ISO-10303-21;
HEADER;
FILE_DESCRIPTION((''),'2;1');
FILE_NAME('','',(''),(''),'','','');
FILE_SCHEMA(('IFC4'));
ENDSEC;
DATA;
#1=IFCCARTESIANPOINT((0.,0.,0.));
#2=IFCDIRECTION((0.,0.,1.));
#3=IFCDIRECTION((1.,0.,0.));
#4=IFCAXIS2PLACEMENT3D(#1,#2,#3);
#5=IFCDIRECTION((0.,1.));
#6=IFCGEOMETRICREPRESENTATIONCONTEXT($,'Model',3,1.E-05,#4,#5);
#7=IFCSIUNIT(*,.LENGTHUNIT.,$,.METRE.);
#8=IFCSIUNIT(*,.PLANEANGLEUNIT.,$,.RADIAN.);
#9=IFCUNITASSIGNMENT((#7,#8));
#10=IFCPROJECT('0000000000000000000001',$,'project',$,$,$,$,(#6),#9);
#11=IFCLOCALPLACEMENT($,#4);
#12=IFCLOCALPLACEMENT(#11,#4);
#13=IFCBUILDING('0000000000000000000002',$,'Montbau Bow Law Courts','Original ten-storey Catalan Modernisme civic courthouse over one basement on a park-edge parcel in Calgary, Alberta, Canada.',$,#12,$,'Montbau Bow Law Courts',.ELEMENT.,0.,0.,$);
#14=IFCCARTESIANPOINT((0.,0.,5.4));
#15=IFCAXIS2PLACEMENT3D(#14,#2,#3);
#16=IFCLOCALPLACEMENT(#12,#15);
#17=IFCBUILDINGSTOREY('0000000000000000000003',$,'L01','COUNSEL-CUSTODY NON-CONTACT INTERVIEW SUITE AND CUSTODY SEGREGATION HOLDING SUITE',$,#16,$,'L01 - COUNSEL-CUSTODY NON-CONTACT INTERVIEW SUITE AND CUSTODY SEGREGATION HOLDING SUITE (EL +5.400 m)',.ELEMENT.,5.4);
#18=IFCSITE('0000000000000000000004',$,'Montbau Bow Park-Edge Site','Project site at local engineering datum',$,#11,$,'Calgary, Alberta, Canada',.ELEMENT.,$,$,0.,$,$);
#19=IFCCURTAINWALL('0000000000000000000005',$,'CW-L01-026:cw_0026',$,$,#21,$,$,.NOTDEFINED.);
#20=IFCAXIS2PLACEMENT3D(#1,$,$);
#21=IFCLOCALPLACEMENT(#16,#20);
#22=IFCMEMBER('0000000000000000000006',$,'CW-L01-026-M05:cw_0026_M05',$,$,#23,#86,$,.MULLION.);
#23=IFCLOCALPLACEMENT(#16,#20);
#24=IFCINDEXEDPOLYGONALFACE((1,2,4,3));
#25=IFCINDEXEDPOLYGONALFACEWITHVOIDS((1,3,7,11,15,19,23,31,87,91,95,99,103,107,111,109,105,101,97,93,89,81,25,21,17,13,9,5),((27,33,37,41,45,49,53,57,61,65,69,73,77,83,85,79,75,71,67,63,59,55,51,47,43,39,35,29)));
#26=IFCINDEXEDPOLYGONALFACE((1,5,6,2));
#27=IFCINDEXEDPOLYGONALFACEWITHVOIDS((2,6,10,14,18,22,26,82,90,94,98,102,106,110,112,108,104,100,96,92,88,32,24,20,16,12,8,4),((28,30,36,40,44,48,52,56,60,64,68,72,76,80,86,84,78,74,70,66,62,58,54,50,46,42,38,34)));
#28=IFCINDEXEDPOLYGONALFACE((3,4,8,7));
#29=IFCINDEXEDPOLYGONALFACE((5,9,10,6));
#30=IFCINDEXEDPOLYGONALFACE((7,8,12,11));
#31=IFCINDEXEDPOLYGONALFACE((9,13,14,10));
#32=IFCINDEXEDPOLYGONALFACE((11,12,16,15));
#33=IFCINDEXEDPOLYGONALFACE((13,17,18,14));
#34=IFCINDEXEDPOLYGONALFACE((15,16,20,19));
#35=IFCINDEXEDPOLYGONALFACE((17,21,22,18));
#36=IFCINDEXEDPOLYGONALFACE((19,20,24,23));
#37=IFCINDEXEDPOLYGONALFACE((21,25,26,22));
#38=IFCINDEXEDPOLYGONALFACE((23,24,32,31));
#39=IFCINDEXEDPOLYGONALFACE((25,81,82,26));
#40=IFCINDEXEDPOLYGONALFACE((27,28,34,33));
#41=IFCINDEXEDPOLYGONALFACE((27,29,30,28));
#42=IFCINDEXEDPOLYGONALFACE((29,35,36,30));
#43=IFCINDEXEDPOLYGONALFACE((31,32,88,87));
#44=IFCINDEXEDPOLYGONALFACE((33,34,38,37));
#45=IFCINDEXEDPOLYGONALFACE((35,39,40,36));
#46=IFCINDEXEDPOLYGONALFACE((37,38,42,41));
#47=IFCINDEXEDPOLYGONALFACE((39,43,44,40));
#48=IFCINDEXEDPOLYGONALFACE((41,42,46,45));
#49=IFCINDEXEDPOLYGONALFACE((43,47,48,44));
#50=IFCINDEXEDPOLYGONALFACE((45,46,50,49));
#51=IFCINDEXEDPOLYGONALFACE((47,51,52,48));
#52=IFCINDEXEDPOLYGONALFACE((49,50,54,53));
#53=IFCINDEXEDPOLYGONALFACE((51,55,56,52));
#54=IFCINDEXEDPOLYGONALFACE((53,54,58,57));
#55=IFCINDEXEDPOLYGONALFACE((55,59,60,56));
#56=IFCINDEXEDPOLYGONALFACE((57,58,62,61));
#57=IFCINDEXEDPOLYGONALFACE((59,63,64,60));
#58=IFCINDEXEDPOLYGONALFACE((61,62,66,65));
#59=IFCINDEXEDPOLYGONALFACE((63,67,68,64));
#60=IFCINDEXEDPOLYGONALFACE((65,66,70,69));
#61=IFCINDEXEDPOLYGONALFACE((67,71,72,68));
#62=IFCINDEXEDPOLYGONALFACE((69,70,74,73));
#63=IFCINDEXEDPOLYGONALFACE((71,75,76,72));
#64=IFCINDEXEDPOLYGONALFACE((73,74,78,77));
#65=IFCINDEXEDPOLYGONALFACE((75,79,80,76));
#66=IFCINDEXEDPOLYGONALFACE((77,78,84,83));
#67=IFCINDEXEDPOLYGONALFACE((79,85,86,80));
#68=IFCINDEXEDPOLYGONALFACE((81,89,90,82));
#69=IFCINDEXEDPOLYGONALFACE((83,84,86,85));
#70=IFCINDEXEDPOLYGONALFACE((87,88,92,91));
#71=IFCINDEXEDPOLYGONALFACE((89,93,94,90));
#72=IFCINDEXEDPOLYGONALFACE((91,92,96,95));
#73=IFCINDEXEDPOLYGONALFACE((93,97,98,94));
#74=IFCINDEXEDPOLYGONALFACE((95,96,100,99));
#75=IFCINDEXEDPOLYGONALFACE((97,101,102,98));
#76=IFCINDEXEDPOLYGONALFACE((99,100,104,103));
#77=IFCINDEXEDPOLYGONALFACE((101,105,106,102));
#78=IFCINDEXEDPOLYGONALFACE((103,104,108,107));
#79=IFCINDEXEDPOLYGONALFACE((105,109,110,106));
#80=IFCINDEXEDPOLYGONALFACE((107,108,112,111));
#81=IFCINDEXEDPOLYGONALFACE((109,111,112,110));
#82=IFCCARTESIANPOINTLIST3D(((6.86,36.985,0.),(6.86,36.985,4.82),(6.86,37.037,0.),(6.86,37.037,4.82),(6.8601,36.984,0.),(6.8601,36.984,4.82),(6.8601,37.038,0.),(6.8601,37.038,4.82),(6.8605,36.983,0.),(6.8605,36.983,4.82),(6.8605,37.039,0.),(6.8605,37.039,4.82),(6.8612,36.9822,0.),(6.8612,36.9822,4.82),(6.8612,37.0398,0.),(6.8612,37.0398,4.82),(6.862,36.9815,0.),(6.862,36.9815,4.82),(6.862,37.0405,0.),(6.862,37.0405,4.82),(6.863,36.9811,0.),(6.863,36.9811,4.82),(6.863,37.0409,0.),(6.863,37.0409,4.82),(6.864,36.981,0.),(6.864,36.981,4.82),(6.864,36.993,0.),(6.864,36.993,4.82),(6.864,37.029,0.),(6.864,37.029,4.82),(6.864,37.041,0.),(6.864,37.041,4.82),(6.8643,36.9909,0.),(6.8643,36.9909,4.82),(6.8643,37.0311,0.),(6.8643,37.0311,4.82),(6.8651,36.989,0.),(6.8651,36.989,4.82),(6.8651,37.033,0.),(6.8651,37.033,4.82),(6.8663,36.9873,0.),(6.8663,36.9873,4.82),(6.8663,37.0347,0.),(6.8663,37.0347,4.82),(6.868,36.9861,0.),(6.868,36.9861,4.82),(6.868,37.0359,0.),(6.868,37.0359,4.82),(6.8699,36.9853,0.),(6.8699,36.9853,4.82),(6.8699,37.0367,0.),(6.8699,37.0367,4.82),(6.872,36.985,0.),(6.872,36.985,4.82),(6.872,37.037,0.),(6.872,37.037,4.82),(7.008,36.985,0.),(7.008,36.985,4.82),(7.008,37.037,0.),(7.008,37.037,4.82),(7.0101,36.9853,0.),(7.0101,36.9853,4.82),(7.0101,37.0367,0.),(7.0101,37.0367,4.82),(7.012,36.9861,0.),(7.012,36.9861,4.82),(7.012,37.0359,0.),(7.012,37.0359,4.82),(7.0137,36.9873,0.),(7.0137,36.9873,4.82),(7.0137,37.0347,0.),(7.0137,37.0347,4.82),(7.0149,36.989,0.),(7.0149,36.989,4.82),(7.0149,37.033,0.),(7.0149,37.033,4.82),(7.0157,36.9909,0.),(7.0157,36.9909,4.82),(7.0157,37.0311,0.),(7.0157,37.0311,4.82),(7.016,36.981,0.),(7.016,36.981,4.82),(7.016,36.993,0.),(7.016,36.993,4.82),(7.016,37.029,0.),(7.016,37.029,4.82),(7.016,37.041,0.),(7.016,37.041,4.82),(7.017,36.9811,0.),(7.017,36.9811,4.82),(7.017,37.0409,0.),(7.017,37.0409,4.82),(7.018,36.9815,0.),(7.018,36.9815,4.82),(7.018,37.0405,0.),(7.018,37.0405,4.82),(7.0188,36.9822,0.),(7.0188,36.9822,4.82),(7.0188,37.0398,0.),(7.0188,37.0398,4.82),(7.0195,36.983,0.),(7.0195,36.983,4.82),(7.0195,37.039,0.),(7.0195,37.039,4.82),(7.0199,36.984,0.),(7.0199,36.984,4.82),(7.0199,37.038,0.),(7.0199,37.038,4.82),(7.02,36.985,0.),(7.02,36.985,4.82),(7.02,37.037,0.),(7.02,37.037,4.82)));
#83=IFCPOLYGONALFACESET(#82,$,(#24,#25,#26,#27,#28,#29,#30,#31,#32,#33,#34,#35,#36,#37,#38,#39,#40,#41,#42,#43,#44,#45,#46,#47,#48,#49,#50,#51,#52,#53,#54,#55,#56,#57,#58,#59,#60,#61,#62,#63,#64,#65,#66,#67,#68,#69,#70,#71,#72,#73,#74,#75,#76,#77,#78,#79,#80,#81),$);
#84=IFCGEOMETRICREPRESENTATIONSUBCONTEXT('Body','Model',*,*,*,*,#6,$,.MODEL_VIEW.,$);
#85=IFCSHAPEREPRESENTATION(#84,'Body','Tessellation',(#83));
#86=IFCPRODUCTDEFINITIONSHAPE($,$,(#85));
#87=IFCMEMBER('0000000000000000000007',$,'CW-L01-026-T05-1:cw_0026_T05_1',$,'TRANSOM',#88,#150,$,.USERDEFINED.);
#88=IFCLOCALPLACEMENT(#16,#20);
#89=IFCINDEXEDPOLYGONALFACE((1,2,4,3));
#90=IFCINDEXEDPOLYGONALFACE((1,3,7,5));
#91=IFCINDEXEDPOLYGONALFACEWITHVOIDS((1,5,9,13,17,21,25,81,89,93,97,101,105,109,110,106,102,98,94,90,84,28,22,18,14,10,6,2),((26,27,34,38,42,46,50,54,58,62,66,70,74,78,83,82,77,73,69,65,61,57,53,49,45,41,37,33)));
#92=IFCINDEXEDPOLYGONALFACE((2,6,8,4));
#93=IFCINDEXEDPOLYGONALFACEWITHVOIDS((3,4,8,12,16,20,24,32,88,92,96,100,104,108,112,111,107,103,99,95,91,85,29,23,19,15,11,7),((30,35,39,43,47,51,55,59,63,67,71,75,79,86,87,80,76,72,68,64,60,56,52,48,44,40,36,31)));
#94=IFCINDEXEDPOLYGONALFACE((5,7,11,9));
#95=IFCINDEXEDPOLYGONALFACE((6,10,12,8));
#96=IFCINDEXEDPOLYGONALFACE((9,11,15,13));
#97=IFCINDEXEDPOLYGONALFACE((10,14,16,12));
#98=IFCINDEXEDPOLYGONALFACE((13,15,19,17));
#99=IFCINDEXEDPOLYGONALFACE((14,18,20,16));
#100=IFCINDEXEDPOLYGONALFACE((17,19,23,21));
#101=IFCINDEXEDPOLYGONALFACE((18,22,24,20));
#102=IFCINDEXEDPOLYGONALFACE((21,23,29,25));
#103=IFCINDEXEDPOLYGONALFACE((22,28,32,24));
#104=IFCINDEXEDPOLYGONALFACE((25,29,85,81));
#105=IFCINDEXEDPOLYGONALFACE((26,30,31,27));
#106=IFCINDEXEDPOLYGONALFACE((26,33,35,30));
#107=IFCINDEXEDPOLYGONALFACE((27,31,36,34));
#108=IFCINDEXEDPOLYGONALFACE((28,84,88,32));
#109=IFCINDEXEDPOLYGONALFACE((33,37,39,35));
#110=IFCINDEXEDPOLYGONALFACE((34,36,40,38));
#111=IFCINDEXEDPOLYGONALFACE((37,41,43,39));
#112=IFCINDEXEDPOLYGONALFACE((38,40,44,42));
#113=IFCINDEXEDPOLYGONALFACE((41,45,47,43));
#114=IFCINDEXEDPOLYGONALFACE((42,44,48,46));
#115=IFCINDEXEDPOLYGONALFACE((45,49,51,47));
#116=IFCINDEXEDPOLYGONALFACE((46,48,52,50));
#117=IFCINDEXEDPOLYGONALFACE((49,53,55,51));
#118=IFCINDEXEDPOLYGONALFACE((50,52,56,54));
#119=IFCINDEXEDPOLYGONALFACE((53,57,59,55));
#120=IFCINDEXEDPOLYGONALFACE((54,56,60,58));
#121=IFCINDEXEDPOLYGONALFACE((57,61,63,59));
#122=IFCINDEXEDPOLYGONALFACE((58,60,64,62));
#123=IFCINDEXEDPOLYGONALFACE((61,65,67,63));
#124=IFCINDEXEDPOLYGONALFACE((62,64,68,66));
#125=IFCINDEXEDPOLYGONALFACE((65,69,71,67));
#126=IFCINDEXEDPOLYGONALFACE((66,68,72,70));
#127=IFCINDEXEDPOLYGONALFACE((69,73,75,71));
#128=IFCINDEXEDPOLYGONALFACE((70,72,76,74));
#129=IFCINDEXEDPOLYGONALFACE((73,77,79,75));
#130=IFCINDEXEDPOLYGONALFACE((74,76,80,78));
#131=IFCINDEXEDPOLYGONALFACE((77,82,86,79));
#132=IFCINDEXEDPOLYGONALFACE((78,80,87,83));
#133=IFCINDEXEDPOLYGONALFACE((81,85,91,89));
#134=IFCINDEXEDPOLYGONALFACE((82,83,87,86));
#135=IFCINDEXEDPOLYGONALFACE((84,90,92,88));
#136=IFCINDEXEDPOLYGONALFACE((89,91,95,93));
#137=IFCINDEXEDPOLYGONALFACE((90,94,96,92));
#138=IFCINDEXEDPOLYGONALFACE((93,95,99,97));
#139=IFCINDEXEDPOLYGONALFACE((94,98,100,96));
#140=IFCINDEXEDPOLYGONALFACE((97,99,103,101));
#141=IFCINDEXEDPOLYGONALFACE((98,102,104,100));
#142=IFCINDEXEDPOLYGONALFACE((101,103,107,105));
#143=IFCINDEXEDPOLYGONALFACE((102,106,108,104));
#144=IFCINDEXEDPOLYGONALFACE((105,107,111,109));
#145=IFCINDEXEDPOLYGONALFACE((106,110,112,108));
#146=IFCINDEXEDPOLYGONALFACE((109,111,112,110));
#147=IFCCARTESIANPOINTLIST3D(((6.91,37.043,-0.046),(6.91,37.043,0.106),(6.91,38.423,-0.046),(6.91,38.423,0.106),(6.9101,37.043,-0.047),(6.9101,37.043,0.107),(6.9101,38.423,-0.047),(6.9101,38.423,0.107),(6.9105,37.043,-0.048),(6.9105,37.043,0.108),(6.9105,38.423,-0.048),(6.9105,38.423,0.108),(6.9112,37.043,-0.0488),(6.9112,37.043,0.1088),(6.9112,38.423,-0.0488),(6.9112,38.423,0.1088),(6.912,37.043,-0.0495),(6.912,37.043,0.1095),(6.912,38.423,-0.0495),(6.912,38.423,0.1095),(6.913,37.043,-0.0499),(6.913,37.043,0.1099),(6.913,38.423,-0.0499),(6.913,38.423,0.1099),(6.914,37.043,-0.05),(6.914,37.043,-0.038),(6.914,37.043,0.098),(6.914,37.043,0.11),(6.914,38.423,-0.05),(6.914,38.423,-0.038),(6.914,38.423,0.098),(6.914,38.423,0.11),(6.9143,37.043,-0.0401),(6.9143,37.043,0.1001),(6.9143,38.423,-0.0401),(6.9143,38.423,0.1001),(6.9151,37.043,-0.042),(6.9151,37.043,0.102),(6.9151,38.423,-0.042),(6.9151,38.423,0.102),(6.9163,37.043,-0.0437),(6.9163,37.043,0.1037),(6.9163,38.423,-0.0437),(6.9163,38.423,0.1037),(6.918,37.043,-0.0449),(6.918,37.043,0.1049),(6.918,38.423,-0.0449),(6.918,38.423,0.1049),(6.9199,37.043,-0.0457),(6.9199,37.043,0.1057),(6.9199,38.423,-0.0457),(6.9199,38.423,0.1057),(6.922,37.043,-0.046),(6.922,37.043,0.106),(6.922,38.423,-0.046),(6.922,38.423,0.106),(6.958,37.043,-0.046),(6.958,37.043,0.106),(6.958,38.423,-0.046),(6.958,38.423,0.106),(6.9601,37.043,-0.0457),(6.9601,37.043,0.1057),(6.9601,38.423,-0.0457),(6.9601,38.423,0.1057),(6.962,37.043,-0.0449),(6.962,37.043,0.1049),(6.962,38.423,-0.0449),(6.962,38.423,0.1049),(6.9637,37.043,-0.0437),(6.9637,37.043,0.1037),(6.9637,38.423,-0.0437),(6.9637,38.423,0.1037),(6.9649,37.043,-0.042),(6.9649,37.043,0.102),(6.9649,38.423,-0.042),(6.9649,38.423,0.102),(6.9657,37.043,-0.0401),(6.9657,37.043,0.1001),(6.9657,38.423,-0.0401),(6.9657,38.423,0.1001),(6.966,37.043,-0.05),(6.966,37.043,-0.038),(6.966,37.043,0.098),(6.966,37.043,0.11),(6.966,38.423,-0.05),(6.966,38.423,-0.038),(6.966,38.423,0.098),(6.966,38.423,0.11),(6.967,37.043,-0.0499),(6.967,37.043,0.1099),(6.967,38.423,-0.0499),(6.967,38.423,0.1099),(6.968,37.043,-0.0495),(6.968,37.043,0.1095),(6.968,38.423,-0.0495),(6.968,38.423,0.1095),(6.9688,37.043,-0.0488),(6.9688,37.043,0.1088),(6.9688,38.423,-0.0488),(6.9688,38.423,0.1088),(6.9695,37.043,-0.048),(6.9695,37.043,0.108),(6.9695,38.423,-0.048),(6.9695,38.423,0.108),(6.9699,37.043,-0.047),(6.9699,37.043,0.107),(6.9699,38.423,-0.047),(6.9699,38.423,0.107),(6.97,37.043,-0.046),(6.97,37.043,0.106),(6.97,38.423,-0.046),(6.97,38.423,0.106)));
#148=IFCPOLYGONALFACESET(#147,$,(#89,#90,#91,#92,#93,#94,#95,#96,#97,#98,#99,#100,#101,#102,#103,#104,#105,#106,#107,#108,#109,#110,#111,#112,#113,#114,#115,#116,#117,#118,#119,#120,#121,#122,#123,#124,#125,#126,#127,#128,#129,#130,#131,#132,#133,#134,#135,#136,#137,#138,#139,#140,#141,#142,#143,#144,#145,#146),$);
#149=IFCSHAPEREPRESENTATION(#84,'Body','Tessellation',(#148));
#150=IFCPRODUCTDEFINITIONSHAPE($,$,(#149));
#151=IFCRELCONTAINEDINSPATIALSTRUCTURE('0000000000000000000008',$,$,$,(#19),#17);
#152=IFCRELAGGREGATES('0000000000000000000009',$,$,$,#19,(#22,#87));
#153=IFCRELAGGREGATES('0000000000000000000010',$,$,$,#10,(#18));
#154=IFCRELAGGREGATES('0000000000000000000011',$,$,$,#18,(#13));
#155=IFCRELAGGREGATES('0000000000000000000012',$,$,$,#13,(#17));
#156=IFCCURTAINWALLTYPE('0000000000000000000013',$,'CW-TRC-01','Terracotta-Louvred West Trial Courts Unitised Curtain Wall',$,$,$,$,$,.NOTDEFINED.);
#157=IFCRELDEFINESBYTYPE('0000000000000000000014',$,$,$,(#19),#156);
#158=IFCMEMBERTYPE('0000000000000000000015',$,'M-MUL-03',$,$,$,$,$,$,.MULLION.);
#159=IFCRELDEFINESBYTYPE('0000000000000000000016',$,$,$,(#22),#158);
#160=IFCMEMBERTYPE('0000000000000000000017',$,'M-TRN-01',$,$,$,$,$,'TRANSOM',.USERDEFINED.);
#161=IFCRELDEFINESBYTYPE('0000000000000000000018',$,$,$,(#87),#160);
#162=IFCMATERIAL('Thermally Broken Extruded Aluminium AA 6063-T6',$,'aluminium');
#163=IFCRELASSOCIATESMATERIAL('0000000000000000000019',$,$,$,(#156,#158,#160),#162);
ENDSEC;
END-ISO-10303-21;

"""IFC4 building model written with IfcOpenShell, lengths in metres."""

from ifc_helpers import new_model, si_unit, direction, frame, origin_with_axes, origin_2d_with_axis, place, context, subcontext, project, spatial, hollow_rectangle, extrude, material, material_profile, profile_set, type_object, element, aggregate, save


model = new_model("IFC4")

# Units and contexts
model_context = context("Model", 3, precision=1e-05, world=origin_with_axes(), true_north=direction((0.0, 1.0)))
body_context = subcontext(model_context, "Body", "Model", "MODEL_VIEW")
ifc_project = project(units=[si_unit("LENGTHUNIT", "METRE"), si_unit("PLANEANGLEUNIT", "RADIAN")], contexts=[model_context])

# Site, building, storey
site_placement = place(None, origin_with_axes())
site = spatial("IfcSite", under=ifc_project, at=site_placement, Name="Montbau Bow Park-Edge Site", Description="Project site at local engineering datum", LongName="Calgary, Alberta, Canada", CompositionType="ELEMENT", RefElevation=0.0)
building_placement = place(site_placement, origin_with_axes())
building = spatial("IfcBuilding", under=site, at=building_placement, Name="Montbau Bow Law Courts", Description="Original ten-storey Catalan Modernisme civic courthouse over one basement on a park-edge parcel in Calgary, Alberta, Canada.", LongName="Montbau Bow Law Courts", CompositionType="ELEMENT", ElevationOfRefHeight=0.0, ElevationOfTerrain=0.0)
storey_placement = place(building_placement, frame((0.0, 0.0, 5.4), z_axis=(0.0, 0.0, 1.0), x_axis=(1.0, 0.0, 0.0)))
storey = spatial("IfcBuildingStorey", under=building, at=storey_placement, Name="L01", Description="COUNSEL-CUSTODY NON-CONTACT INTERVIEW SUITE AND CUSTODY SEGREGATION HOLDING SUITE", LongName="L01 - COUNSEL-CUSTODY NON-CONTACT INTERVIEW SUITE AND CUSTODY SEGREGATION HOLDING SUITE (EL +5.400 m)", CompositionType="ELEMENT", Elevation=5.4)

# Curtain wall, members
ifc_material_1 = material(Name="Thermally Broken Extruded Aluminium AA 6063-T6", Category="aluminium")
curtain_wall_type = type_object("IfcCurtainWallType", Name="CW-TRC-01", Description="Terracotta-Louvred West Trial Courts Unitised Curtain Wall", PredefinedType="NOTDEFINED", material=ifc_material_1)
curtain_wall_placement = place(None, frame((6.94, 31.115, 5.4), z_axis=(0.0, 0.0, 1.0), x_axis=(1.0, 0.0, 0.0)))
curtain_wall = element("IfcCurtainWall", 1, at=curtain_wall_placement, inside=storey, type_object=curtain_wall_type, Name="CW-L01-026:cw_0026", PredefinedType="NOTDEFINED")
ifc_material_profile_1 = material_profile(ifc_material_1, hollow_rectangle(XDim=0.06, YDim=0.16, WallThickness=0.004, InnerFilletRadius=0.008, OuterFilletRadius=0.004, at=origin_2d_with_axis()), Name="CWM-160X60", Category="Main", Priority=0)
ifc_profile_set_1 = profile_set([ifc_material_profile_1], Name="Thermally Broken Extruded Aluminium AA 6063-T6")
member_type_1 = type_object("IfcMemberType", Name="M-MUL-03", PredefinedType="MULLION", material=ifc_profile_set_1)
member_1_placement = place(None, frame((6.94, 37.011, 5.4), z_axis=(0.0, 0.0, 1.0), x_axis=(0.0, 1.0, 0.0)))
member_1 = element("IfcMember", 2, at=member_1_placement, type_object=member_type_1, Name="CW-L01-026-M05:cw_0026_M05", PredefinedType="MULLION", context=body_context, shape_type="SweptSolid", body=[
    extrude(hollow_rectangle(XDim=0.06, YDim=0.16, WallThickness=0.004, InnerFilletRadius=0.008, OuterFilletRadius=0.004, at=origin_2d_with_axis()), origin_with_axes(), (0.0, 0.0, 1.0), 4.82),
])
ifc_material_profile_2 = material_profile(ifc_material_1, hollow_rectangle(XDim=0.06, YDim=0.16, WallThickness=0.004, InnerFilletRadius=0.008, OuterFilletRadius=0.004, at=origin_2d_with_axis()), Name="CWT-160X60", Category="Main", Priority=0)
ifc_profile_set_2 = profile_set([ifc_material_profile_2], Name="Thermally Broken Extruded Aluminium AA 6063-T6")
member_type_2 = type_object("IfcMemberType", Name="M-TRN-01", ElementType="TRANSOM", PredefinedType="USERDEFINED", material=ifc_profile_set_2)
member_2_placement = place(None, frame((6.94, 37.043, 5.43), z_axis=(0.0, 1.0, 0.0), x_axis=(-1.0, 0.0, 0.0)))
member_2 = element("IfcMember", 3, at=member_2_placement, type_object=member_type_2, Name="CW-L01-026-T05-1:cw_0026_T05_1", ObjectType="TRANSOM", PredefinedType="USERDEFINED", context=body_context, shape_type="SweptSolid", body=[
    extrude(hollow_rectangle(XDim=0.06, YDim=0.16, WallThickness=0.004, InnerFilletRadius=0.008, OuterFilletRadius=0.004, at=origin_2d_with_axis()), origin_with_axes(), (0.0, 0.0, 1.0), 1.38),
])
aggregate(curtain_wall, [member_1, member_2])

save(model, "model.ifc")
